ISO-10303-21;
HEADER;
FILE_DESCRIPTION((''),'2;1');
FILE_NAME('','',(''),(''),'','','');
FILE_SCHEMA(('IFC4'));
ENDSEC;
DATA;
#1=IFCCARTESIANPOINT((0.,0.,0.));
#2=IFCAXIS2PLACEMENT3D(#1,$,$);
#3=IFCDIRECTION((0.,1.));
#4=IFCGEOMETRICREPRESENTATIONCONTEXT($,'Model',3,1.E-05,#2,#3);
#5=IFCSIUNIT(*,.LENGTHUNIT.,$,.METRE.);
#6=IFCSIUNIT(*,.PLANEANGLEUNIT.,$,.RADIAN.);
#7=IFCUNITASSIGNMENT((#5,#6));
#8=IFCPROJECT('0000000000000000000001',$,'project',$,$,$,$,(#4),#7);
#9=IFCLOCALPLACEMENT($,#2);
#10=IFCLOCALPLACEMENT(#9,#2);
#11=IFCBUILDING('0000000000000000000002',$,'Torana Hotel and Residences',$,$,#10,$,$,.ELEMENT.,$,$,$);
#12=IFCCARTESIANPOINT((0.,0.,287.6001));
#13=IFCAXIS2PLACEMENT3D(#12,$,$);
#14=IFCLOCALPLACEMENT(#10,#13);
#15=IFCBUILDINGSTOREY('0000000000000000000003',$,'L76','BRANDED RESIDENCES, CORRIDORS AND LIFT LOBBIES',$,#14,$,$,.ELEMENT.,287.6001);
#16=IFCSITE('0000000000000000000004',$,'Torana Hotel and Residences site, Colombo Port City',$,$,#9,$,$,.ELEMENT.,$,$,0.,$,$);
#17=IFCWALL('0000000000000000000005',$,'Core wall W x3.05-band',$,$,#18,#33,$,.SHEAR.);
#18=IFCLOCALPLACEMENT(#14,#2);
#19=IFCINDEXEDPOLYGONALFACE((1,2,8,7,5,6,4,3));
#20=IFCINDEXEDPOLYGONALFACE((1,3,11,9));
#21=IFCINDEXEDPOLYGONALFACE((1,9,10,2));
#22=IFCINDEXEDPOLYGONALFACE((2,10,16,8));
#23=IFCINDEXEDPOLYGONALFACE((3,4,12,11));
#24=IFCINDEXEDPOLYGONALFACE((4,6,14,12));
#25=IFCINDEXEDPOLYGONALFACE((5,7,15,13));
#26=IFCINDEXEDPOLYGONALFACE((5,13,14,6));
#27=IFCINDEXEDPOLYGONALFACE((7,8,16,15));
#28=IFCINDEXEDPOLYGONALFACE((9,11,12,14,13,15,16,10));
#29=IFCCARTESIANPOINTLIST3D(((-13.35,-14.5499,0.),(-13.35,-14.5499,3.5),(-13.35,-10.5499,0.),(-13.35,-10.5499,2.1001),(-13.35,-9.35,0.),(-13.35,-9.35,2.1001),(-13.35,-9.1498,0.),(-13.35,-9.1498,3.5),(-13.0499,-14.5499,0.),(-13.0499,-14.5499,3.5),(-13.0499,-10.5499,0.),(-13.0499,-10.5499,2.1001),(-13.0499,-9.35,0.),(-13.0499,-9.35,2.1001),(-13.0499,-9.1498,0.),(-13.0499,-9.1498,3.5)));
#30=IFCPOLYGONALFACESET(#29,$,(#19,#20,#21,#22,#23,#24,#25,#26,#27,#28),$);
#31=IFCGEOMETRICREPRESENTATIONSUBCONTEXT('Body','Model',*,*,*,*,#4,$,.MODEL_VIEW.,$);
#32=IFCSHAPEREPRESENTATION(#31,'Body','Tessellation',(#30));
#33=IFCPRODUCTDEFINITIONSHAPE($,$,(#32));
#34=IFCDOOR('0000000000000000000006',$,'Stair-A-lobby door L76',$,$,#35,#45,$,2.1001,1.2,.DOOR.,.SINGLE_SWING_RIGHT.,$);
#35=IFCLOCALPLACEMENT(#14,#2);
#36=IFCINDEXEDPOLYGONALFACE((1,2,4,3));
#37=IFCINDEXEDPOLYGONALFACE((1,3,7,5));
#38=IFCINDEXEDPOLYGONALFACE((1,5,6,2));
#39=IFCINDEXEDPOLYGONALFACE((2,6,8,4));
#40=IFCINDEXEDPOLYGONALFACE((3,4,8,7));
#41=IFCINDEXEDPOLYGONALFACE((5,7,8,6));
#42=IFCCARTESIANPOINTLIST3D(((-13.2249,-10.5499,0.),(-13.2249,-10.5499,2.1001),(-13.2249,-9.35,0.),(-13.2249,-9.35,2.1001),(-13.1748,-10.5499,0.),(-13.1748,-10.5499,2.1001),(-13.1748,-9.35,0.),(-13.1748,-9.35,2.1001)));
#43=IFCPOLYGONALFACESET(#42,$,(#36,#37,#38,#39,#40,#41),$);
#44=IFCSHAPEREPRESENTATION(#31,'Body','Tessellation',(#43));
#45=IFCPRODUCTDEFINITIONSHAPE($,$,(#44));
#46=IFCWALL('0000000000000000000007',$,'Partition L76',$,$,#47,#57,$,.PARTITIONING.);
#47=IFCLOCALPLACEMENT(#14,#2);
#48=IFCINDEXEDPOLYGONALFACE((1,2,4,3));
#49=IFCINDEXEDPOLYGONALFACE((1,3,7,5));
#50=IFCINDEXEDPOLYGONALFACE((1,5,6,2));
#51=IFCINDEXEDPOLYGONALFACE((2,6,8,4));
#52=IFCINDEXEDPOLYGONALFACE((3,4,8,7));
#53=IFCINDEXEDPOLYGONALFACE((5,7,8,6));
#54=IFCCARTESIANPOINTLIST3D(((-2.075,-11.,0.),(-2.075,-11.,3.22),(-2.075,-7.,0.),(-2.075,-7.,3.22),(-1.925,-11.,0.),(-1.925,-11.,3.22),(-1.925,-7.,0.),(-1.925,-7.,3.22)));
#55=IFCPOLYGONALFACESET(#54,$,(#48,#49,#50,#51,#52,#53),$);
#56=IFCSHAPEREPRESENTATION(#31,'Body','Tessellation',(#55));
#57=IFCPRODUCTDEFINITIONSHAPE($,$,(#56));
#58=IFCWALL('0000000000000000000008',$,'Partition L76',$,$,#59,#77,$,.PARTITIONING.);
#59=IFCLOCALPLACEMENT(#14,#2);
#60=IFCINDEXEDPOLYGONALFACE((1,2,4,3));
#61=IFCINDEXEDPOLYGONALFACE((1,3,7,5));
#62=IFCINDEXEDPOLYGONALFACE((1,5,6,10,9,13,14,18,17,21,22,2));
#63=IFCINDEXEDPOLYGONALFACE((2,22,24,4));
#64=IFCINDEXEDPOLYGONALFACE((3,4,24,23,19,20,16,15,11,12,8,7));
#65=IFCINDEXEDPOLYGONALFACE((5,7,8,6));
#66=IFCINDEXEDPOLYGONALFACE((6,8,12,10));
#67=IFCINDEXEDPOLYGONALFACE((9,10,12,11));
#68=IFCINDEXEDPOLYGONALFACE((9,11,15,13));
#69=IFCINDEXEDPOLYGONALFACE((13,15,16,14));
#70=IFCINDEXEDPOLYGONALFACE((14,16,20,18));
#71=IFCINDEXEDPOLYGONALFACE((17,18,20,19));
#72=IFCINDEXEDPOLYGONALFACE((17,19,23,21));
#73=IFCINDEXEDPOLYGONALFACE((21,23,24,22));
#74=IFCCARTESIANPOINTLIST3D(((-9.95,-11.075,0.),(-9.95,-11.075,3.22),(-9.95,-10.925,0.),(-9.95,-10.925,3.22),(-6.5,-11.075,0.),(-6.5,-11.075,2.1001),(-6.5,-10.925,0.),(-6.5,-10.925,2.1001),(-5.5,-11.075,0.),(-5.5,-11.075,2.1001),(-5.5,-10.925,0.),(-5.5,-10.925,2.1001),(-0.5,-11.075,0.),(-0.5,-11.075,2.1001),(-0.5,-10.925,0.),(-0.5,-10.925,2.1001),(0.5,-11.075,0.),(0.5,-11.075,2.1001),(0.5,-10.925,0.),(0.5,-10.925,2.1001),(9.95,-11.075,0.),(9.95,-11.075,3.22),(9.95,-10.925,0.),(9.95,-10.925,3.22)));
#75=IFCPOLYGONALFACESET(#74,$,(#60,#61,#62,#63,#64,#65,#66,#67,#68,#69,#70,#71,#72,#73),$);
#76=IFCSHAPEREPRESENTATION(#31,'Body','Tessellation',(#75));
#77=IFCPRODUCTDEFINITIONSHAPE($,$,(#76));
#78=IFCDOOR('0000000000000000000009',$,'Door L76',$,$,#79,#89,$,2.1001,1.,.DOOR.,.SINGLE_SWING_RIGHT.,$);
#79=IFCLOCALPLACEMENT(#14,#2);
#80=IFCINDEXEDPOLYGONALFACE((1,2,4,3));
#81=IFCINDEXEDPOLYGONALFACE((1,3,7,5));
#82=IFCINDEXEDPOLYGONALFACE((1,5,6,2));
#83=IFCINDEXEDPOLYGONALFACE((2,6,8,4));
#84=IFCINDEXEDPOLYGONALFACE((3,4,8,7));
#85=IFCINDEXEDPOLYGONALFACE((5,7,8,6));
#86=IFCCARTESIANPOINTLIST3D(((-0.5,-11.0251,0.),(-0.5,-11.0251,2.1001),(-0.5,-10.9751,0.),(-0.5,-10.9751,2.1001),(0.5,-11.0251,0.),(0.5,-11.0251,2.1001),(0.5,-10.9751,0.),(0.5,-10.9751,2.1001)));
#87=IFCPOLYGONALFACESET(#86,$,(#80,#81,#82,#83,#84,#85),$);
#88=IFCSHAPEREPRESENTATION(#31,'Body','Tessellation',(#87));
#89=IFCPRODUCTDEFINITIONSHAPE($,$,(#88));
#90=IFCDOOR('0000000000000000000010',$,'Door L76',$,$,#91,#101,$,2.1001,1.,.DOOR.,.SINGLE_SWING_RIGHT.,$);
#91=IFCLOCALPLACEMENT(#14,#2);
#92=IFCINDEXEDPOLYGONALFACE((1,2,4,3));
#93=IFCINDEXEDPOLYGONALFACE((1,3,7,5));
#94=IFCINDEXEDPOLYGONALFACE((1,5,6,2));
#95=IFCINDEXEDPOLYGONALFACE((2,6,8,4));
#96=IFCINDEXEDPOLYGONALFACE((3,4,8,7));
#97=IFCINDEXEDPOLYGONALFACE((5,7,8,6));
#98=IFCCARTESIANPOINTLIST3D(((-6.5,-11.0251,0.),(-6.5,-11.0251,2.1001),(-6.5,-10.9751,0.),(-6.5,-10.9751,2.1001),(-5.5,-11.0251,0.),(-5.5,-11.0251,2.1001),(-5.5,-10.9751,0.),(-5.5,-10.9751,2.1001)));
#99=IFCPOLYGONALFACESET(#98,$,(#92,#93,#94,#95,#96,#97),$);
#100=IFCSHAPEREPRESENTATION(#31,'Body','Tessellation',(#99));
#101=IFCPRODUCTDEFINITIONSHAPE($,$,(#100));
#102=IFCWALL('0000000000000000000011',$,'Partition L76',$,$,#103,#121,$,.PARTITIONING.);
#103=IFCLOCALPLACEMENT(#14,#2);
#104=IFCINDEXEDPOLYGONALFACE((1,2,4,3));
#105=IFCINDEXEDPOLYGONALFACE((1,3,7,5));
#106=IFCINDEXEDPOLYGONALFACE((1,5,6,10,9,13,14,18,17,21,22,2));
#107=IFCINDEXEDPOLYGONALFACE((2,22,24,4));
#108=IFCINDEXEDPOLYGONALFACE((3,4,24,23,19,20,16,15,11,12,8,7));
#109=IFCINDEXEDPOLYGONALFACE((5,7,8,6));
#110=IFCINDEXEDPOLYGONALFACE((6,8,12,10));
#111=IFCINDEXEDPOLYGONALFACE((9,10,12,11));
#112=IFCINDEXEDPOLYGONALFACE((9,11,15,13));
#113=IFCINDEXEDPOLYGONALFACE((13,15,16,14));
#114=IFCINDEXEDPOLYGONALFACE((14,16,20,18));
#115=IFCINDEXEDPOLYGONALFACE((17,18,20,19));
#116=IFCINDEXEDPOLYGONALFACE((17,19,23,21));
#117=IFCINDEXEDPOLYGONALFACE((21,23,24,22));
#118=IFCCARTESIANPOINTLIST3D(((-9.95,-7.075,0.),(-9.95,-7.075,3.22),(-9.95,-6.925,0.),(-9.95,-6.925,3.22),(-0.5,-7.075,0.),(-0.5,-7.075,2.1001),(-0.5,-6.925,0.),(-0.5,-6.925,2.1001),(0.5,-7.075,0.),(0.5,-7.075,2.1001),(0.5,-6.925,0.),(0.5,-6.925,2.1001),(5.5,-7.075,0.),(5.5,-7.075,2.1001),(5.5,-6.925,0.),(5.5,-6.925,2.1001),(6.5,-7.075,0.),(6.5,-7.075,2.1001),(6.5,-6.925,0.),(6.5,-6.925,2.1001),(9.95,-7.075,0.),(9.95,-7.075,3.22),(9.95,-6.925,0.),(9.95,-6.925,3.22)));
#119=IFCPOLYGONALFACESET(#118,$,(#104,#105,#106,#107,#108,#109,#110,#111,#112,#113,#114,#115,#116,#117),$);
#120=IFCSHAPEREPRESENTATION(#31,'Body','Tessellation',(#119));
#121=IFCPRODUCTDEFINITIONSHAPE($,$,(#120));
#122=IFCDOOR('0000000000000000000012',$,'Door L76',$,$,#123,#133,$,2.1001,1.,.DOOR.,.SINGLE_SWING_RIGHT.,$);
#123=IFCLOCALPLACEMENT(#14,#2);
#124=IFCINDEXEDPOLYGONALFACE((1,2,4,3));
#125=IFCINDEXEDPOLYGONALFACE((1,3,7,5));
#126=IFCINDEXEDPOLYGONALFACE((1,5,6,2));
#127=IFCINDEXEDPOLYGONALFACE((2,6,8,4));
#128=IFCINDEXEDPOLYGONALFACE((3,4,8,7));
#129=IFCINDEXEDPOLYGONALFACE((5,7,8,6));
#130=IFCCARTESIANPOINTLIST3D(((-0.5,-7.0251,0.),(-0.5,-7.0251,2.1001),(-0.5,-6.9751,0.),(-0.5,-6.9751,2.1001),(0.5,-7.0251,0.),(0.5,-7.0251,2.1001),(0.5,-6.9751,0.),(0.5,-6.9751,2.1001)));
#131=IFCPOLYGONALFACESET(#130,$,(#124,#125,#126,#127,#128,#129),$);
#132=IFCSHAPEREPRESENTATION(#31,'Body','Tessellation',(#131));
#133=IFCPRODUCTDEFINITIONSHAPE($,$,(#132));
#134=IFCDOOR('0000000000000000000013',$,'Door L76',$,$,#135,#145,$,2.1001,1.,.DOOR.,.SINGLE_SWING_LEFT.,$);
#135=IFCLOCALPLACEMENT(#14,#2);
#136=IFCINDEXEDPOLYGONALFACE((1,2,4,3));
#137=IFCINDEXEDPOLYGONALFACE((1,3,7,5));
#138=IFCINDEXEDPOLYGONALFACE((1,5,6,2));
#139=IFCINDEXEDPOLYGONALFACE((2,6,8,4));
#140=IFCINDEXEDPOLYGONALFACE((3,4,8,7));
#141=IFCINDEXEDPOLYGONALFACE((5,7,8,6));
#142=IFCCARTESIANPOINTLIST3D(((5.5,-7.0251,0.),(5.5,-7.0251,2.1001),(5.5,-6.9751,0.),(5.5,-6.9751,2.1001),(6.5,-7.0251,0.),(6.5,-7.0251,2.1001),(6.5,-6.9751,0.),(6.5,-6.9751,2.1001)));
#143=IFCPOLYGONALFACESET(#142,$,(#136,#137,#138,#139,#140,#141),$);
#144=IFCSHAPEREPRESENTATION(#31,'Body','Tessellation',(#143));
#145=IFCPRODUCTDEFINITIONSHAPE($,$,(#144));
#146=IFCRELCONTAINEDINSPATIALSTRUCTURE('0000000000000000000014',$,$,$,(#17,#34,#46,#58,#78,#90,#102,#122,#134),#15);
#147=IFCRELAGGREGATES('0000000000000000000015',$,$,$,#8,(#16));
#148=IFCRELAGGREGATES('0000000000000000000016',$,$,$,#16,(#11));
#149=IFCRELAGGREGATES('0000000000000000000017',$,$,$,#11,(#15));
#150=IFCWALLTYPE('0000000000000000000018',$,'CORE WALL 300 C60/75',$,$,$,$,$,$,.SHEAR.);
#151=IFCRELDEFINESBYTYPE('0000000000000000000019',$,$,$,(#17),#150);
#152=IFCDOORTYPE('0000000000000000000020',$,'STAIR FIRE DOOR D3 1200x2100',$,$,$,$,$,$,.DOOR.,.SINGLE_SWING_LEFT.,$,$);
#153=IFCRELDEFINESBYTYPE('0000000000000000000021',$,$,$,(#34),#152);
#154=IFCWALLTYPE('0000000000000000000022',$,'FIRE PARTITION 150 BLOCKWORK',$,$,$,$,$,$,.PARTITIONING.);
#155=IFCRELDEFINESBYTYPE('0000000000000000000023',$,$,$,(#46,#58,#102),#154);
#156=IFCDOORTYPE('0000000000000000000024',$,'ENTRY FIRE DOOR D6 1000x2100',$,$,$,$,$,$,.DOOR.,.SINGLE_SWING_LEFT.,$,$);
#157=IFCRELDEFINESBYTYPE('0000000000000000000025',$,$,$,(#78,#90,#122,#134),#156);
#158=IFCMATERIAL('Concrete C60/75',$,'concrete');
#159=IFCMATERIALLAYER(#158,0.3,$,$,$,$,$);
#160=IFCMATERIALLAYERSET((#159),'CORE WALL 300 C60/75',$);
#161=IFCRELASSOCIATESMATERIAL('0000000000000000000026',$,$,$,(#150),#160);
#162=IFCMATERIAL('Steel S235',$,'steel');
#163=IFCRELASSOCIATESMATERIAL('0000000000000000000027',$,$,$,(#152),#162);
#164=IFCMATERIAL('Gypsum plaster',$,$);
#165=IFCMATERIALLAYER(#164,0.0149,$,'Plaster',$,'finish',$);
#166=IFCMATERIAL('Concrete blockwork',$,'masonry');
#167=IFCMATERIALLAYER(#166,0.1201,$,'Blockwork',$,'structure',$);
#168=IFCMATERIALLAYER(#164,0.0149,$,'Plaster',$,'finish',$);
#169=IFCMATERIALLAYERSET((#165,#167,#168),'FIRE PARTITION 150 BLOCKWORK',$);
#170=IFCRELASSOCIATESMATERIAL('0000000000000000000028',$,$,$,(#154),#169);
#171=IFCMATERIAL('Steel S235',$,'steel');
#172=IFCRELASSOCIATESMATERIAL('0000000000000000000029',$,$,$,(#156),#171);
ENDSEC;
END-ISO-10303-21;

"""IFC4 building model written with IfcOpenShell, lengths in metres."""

from ifc_helpers import new_model, si_unit, direction, frame, frame_2d, origin, place, context, subcontext, project, spatial, rectangle, extrude, material, layer, layer_set, type_object, element, fill, save


model = new_model("IFC4")

# Units and contexts
model_context = context("Model", 3, precision=1e-05, world=origin(), true_north=direction((0.0, 1.0)))
body_context = subcontext(model_context, "Body", "Model", "MODEL_VIEW")
ifc_project = project(units=[si_unit("LENGTHUNIT", "METRE"), si_unit("PLANEANGLEUNIT", "RADIAN")], contexts=[model_context])

# Site, building, storey
site_placement = place(None, origin())
site = spatial("IfcSite", under=ifc_project, at=site_placement, Name="Torana Hotel and Residences site, Colombo Port City", CompositionType="ELEMENT", RefElevation=0.0)
building_placement = place(site_placement, origin())
building = spatial("IfcBuilding", under=site, at=building_placement, Name="Torana Hotel and Residences", CompositionType="ELEMENT")
storey_placement = place(building_placement, frame((0.0, 0.0, 287.6001)))
storey = spatial("IfcBuildingStorey", under=building, at=storey_placement, Name="L76", Description="BRANDED RESIDENCES, CORRIDORS AND LIFT LOBBIES", CompositionType="ELEMENT", Elevation=287.6001)

# Shared definitions
ifc_material_1 = material(Name="Concrete C60/75", Category="concrete")
ifc_layer_1 = layer(ifc_material_1, 0.3)
ifc_layer_set_1 = layer_set([ifc_layer_1], Name="CORE WALL 300 C60/75")
wall_type_1 = type_object("IfcWallType", Name="CORE WALL 300 C60/75", PredefinedType="SHEAR", material=ifc_layer_set_1)

# Wall, opening, door
wall_1_placement = place(storey_placement, frame((-13.2, -14.55, 0.0), z_axis=(0.0, 0.0, 1.0), x_axis=(0.0, 1.0, 0.0)))
wall_1 = element("IfcWall", 1, at=wall_1_placement, inside=storey, type_object=wall_type_1, Name="Core wall W x3.05-band", PredefinedType="SHEAR", context=body_context, shape_type="SweptSolid", body=[
    extrude(rectangle(XDim=5.4001, YDim=0.3, at=frame_2d((2.7002, 0.0))), origin(), (0.0, 0.0, 1.0), 3.5),
])
opening_1_placement = place(wall_1_placement, frame((4.0, 0.0, 0.0)))
opening_1 = element("IfcOpeningElement", 2, at=opening_1_placement, cuts=wall_1, PredefinedType="OPENING", context=body_context, shape_type="SweptSolid", body=[
    extrude(rectangle(XDim=1.2, YDim=2.1001, at=frame_2d((0.6001, 1.05))), frame((0.0, 0.1599, 0.0), z_axis=(0.0, -1.0, 0.0), x_axis=(1.0, 0.0, 0.0)), (0.0, 0.0, 1.0), 0.3201),
])
ifc_material_2 = material(Name="Steel S235", Category="steel")
door_type_1 = type_object("IfcDoorType", Name="STAIR FIRE DOOR D3 1200x2100", OperationType="SINGLE_SWING_LEFT", PredefinedType="DOOR", material=ifc_material_2)
door_1_placement = place(opening_1_placement, frame((0.6001, 0.0, 0.0), z_axis=(0.0, 0.0, 1.0), x_axis=(-1.0, 0.0, 0.0)))
door_1 = element("IfcDoor", 3, at=door_1_placement, inside=storey, type_object=door_type_1, Name="Stair-A-lobby door L76", OperationType="SINGLE_SWING_RIGHT", OverallHeight=2.1001, OverallWidth=1.2, PredefinedType="DOOR", context=body_context, shape_type="SweptSolid", body=[
    extrude(rectangle(XDim=1.2, YDim=2.1001, at=frame_2d((0.0, 1.05))), frame((0.0, -0.0249, 0.0), z_axis=(0.0, 1.0, 0.0), x_axis=(-1.0, 0.0, 0.0)), (0.0, 0.0, 1.0), 0.05),
])
fill(opening_1, door_1)

# Wall
ifc_material_3 = material(Name="Gypsum plaster")
ifc_layer_2 = layer(ifc_material_3, 0.0149, Name="Plaster", Category="finish")
ifc_material_4 = material(Name="Concrete blockwork", Category="masonry")
ifc_layer_3 = layer(ifc_material_4, 0.1201, Name="Blockwork", Category="structure")
ifc_layer_4 = layer(ifc_material_3, 0.0149, Name="Plaster", Category="finish")
ifc_layer_set_2 = layer_set([ifc_layer_2, ifc_layer_3, ifc_layer_4], Name="FIRE PARTITION 150 BLOCKWORK")
wall_type_2 = type_object("IfcWallType", Name="FIRE PARTITION 150 BLOCKWORK", PredefinedType="PARTITIONING", material=ifc_layer_set_2)
wall_2_placement = place(storey_placement, frame((-2.0, -11.0, 0.0), z_axis=(0.0, 0.0, 1.0), x_axis=(0.0, 1.0, 0.0)))
element("IfcWall", 4, at=wall_2_placement, inside=storey, type_object=wall_type_2, Name="Partition L76", PredefinedType="PARTITIONING", context=body_context, shape_type="SweptSolid", body=[
    extrude(rectangle(XDim=4.0, YDim=0.1499, at=frame_2d((2.0, 0.0))), origin(), (0.0, 0.0, 1.0), 3.22),
])

# Walls, openings, doors
wall_3_placement = place(storey_placement, frame((-9.95, -11.0, 0.0), z_axis=(0.0, 0.0, 1.0), x_axis=(1.0, 0.0, 0.0)))
wall_3 = element("IfcWall", 5, at=wall_3_placement, inside=storey, type_object=wall_type_2, Name="Partition L76", PredefinedType="PARTITIONING", context=body_context, shape_type="SweptSolid", body=[
    extrude(rectangle(XDim=19.8999, YDim=0.1499, at=frame_2d((9.95, 0.0))), origin(), (0.0, 0.0, 1.0), 3.22),
])
opening_2_placement = place(wall_3_placement, frame((9.45, 0.0, 0.0)))
opening_2 = element("IfcOpeningElement", 6, at=opening_2_placement, cuts=wall_3, PredefinedType="OPENING", context=body_context, shape_type="SweptSolid", body=[
    extrude(rectangle(XDim=1.0, YDim=2.1001, at=frame_2d((0.5, 1.05))), frame((0.0, 0.085, 0.0), z_axis=(0.0, -1.0, 0.0), x_axis=(1.0, 0.0, 0.0)), (0.0, 0.0, 1.0), 0.1699),
])
opening_3_placement = place(wall_3_placement, frame((3.45, 0.0, 0.0)))
opening_3 = element("IfcOpeningElement", 7, at=opening_3_placement, cuts=wall_3, PredefinedType="OPENING", context=body_context, shape_type="SweptSolid", body=[
    extrude(rectangle(XDim=1.0, YDim=2.1001, at=frame_2d((0.5, 1.05))), frame((0.0, 0.085, 0.0), z_axis=(0.0, -1.0, 0.0), x_axis=(1.0, 0.0, 0.0)), (0.0, 0.0, 1.0), 0.1699),
])
ifc_material_5 = material(Name="Steel S235", Category="steel")
door_type_2 = type_object("IfcDoorType", Name="ENTRY FIRE DOOR D6 1000x2100", OperationType="SINGLE_SWING_LEFT", PredefinedType="DOOR", material=ifc_material_5)
door_2_placement = place(opening_2_placement, origin())
door_2 = element("IfcDoor", 8, at=door_2_placement, inside=storey, type_object=door_type_2, Name="Door L76", OperationType="SINGLE_SWING_RIGHT", OverallHeight=2.1001, OverallWidth=1.0, PredefinedType="DOOR", context=body_context, shape_type="SweptSolid", body=[
    extrude(rectangle(XDim=1.0, YDim=2.1001, at=frame_2d((0.5, 1.05))), frame((0.0, 0.0249, 0.0), z_axis=(0.0, -1.0, 0.0), x_axis=(1.0, 0.0, 0.0)), (0.0, 0.0, 1.0), 0.05),
])
fill(opening_2, door_2)
door_3_placement = place(opening_3_placement, origin())
door_3 = element("IfcDoor", 9, at=door_3_placement, inside=storey, type_object=door_type_2, Name="Door L76", OperationType="SINGLE_SWING_RIGHT", OverallHeight=2.1001, OverallWidth=1.0, PredefinedType="DOOR", context=body_context, shape_type="SweptSolid", body=[
    extrude(rectangle(XDim=1.0, YDim=2.1001, at=frame_2d((0.5, 1.05))), frame((0.0, 0.0249, 0.0), z_axis=(0.0, -1.0, 0.0), x_axis=(1.0, 0.0, 0.0)), (0.0, 0.0, 1.0), 0.05),
])
fill(opening_3, door_3)
wall_4_placement = place(storey_placement, frame((-9.95, -7.0, 0.0), z_axis=(0.0, 0.0, 1.0), x_axis=(1.0, 0.0, 0.0)))
wall_4 = element("IfcWall", 10, at=wall_4_placement, inside=storey, type_object=wall_type_2, Name="Partition L76", PredefinedType="PARTITIONING", context=body_context, shape_type="SweptSolid", body=[
    extrude(rectangle(XDim=19.8999, YDim=0.1499, at=frame_2d((9.95, 0.0))), origin(), (0.0, 0.0, 1.0), 3.22),
])
opening_4_placement = place(wall_4_placement, frame((9.45, 0.0, 0.0)))
opening_4 = element("IfcOpeningElement", 11, at=opening_4_placement, cuts=wall_4, PredefinedType="OPENING", context=body_context, shape_type="SweptSolid", body=[
    extrude(rectangle(XDim=1.0, YDim=2.1001, at=frame_2d((0.5, 1.05))), frame((0.0, 0.085, 0.0), z_axis=(0.0, -1.0, 0.0), x_axis=(1.0, 0.0, 0.0)), (0.0, 0.0, 1.0), 0.1699),
])
opening_5_placement = place(wall_4_placement, frame((15.45, 0.0, 0.0)))
opening_5 = element("IfcOpeningElement", 12, at=opening_5_placement, cuts=wall_4, PredefinedType="OPENING", context=body_context, shape_type="SweptSolid", body=[
    extrude(rectangle(XDim=1.0, YDim=2.1001, at=frame_2d((0.5, 1.05))), frame((0.0, 0.085, 0.0), z_axis=(0.0, -1.0, 0.0), x_axis=(1.0, 0.0, 0.0)), (0.0, 0.0, 1.0), 0.1699),
])
door_4_placement = place(opening_4_placement, origin())
door_4 = element("IfcDoor", 13, at=door_4_placement, inside=storey, type_object=door_type_2, Name="Door L76", OperationType="SINGLE_SWING_RIGHT", OverallHeight=2.1001, OverallWidth=1.0, PredefinedType="DOOR", context=body_context, shape_type="SweptSolid", body=[
    extrude(rectangle(XDim=1.0, YDim=2.1001, at=frame_2d((0.5, 1.05))), frame((0.0, 0.0249, 0.0), z_axis=(0.0, -1.0, 0.0), x_axis=(1.0, 0.0, 0.0)), (0.0, 0.0, 1.0), 0.05),
])
fill(opening_4, door_4)
door_5_placement = place(opening_5_placement, frame((0.5, 0.0, 0.0), z_axis=(0.0, 0.0, 1.0), x_axis=(-1.0, 0.0, 0.0)))
door_5 = element("IfcDoor", 14, at=door_5_placement, inside=storey, type_object=door_type_2, Name="Door L76", OperationType="SINGLE_SWING_LEFT", OverallHeight=2.1001, OverallWidth=1.0, PredefinedType="DOOR", context=body_context, shape_type="SweptSolid", body=[
    extrude(rectangle(XDim=1.0, YDim=2.1001, at=frame_2d((0.0, 1.05))), frame((0.0, -0.0249, 0.0), z_axis=(0.0, 1.0, 0.0), x_axis=(-1.0, 0.0, 0.0)), (0.0, 0.0, 1.0), 0.05),
])
fill(opening_5, door_5)

save(model, "model.ifc")
